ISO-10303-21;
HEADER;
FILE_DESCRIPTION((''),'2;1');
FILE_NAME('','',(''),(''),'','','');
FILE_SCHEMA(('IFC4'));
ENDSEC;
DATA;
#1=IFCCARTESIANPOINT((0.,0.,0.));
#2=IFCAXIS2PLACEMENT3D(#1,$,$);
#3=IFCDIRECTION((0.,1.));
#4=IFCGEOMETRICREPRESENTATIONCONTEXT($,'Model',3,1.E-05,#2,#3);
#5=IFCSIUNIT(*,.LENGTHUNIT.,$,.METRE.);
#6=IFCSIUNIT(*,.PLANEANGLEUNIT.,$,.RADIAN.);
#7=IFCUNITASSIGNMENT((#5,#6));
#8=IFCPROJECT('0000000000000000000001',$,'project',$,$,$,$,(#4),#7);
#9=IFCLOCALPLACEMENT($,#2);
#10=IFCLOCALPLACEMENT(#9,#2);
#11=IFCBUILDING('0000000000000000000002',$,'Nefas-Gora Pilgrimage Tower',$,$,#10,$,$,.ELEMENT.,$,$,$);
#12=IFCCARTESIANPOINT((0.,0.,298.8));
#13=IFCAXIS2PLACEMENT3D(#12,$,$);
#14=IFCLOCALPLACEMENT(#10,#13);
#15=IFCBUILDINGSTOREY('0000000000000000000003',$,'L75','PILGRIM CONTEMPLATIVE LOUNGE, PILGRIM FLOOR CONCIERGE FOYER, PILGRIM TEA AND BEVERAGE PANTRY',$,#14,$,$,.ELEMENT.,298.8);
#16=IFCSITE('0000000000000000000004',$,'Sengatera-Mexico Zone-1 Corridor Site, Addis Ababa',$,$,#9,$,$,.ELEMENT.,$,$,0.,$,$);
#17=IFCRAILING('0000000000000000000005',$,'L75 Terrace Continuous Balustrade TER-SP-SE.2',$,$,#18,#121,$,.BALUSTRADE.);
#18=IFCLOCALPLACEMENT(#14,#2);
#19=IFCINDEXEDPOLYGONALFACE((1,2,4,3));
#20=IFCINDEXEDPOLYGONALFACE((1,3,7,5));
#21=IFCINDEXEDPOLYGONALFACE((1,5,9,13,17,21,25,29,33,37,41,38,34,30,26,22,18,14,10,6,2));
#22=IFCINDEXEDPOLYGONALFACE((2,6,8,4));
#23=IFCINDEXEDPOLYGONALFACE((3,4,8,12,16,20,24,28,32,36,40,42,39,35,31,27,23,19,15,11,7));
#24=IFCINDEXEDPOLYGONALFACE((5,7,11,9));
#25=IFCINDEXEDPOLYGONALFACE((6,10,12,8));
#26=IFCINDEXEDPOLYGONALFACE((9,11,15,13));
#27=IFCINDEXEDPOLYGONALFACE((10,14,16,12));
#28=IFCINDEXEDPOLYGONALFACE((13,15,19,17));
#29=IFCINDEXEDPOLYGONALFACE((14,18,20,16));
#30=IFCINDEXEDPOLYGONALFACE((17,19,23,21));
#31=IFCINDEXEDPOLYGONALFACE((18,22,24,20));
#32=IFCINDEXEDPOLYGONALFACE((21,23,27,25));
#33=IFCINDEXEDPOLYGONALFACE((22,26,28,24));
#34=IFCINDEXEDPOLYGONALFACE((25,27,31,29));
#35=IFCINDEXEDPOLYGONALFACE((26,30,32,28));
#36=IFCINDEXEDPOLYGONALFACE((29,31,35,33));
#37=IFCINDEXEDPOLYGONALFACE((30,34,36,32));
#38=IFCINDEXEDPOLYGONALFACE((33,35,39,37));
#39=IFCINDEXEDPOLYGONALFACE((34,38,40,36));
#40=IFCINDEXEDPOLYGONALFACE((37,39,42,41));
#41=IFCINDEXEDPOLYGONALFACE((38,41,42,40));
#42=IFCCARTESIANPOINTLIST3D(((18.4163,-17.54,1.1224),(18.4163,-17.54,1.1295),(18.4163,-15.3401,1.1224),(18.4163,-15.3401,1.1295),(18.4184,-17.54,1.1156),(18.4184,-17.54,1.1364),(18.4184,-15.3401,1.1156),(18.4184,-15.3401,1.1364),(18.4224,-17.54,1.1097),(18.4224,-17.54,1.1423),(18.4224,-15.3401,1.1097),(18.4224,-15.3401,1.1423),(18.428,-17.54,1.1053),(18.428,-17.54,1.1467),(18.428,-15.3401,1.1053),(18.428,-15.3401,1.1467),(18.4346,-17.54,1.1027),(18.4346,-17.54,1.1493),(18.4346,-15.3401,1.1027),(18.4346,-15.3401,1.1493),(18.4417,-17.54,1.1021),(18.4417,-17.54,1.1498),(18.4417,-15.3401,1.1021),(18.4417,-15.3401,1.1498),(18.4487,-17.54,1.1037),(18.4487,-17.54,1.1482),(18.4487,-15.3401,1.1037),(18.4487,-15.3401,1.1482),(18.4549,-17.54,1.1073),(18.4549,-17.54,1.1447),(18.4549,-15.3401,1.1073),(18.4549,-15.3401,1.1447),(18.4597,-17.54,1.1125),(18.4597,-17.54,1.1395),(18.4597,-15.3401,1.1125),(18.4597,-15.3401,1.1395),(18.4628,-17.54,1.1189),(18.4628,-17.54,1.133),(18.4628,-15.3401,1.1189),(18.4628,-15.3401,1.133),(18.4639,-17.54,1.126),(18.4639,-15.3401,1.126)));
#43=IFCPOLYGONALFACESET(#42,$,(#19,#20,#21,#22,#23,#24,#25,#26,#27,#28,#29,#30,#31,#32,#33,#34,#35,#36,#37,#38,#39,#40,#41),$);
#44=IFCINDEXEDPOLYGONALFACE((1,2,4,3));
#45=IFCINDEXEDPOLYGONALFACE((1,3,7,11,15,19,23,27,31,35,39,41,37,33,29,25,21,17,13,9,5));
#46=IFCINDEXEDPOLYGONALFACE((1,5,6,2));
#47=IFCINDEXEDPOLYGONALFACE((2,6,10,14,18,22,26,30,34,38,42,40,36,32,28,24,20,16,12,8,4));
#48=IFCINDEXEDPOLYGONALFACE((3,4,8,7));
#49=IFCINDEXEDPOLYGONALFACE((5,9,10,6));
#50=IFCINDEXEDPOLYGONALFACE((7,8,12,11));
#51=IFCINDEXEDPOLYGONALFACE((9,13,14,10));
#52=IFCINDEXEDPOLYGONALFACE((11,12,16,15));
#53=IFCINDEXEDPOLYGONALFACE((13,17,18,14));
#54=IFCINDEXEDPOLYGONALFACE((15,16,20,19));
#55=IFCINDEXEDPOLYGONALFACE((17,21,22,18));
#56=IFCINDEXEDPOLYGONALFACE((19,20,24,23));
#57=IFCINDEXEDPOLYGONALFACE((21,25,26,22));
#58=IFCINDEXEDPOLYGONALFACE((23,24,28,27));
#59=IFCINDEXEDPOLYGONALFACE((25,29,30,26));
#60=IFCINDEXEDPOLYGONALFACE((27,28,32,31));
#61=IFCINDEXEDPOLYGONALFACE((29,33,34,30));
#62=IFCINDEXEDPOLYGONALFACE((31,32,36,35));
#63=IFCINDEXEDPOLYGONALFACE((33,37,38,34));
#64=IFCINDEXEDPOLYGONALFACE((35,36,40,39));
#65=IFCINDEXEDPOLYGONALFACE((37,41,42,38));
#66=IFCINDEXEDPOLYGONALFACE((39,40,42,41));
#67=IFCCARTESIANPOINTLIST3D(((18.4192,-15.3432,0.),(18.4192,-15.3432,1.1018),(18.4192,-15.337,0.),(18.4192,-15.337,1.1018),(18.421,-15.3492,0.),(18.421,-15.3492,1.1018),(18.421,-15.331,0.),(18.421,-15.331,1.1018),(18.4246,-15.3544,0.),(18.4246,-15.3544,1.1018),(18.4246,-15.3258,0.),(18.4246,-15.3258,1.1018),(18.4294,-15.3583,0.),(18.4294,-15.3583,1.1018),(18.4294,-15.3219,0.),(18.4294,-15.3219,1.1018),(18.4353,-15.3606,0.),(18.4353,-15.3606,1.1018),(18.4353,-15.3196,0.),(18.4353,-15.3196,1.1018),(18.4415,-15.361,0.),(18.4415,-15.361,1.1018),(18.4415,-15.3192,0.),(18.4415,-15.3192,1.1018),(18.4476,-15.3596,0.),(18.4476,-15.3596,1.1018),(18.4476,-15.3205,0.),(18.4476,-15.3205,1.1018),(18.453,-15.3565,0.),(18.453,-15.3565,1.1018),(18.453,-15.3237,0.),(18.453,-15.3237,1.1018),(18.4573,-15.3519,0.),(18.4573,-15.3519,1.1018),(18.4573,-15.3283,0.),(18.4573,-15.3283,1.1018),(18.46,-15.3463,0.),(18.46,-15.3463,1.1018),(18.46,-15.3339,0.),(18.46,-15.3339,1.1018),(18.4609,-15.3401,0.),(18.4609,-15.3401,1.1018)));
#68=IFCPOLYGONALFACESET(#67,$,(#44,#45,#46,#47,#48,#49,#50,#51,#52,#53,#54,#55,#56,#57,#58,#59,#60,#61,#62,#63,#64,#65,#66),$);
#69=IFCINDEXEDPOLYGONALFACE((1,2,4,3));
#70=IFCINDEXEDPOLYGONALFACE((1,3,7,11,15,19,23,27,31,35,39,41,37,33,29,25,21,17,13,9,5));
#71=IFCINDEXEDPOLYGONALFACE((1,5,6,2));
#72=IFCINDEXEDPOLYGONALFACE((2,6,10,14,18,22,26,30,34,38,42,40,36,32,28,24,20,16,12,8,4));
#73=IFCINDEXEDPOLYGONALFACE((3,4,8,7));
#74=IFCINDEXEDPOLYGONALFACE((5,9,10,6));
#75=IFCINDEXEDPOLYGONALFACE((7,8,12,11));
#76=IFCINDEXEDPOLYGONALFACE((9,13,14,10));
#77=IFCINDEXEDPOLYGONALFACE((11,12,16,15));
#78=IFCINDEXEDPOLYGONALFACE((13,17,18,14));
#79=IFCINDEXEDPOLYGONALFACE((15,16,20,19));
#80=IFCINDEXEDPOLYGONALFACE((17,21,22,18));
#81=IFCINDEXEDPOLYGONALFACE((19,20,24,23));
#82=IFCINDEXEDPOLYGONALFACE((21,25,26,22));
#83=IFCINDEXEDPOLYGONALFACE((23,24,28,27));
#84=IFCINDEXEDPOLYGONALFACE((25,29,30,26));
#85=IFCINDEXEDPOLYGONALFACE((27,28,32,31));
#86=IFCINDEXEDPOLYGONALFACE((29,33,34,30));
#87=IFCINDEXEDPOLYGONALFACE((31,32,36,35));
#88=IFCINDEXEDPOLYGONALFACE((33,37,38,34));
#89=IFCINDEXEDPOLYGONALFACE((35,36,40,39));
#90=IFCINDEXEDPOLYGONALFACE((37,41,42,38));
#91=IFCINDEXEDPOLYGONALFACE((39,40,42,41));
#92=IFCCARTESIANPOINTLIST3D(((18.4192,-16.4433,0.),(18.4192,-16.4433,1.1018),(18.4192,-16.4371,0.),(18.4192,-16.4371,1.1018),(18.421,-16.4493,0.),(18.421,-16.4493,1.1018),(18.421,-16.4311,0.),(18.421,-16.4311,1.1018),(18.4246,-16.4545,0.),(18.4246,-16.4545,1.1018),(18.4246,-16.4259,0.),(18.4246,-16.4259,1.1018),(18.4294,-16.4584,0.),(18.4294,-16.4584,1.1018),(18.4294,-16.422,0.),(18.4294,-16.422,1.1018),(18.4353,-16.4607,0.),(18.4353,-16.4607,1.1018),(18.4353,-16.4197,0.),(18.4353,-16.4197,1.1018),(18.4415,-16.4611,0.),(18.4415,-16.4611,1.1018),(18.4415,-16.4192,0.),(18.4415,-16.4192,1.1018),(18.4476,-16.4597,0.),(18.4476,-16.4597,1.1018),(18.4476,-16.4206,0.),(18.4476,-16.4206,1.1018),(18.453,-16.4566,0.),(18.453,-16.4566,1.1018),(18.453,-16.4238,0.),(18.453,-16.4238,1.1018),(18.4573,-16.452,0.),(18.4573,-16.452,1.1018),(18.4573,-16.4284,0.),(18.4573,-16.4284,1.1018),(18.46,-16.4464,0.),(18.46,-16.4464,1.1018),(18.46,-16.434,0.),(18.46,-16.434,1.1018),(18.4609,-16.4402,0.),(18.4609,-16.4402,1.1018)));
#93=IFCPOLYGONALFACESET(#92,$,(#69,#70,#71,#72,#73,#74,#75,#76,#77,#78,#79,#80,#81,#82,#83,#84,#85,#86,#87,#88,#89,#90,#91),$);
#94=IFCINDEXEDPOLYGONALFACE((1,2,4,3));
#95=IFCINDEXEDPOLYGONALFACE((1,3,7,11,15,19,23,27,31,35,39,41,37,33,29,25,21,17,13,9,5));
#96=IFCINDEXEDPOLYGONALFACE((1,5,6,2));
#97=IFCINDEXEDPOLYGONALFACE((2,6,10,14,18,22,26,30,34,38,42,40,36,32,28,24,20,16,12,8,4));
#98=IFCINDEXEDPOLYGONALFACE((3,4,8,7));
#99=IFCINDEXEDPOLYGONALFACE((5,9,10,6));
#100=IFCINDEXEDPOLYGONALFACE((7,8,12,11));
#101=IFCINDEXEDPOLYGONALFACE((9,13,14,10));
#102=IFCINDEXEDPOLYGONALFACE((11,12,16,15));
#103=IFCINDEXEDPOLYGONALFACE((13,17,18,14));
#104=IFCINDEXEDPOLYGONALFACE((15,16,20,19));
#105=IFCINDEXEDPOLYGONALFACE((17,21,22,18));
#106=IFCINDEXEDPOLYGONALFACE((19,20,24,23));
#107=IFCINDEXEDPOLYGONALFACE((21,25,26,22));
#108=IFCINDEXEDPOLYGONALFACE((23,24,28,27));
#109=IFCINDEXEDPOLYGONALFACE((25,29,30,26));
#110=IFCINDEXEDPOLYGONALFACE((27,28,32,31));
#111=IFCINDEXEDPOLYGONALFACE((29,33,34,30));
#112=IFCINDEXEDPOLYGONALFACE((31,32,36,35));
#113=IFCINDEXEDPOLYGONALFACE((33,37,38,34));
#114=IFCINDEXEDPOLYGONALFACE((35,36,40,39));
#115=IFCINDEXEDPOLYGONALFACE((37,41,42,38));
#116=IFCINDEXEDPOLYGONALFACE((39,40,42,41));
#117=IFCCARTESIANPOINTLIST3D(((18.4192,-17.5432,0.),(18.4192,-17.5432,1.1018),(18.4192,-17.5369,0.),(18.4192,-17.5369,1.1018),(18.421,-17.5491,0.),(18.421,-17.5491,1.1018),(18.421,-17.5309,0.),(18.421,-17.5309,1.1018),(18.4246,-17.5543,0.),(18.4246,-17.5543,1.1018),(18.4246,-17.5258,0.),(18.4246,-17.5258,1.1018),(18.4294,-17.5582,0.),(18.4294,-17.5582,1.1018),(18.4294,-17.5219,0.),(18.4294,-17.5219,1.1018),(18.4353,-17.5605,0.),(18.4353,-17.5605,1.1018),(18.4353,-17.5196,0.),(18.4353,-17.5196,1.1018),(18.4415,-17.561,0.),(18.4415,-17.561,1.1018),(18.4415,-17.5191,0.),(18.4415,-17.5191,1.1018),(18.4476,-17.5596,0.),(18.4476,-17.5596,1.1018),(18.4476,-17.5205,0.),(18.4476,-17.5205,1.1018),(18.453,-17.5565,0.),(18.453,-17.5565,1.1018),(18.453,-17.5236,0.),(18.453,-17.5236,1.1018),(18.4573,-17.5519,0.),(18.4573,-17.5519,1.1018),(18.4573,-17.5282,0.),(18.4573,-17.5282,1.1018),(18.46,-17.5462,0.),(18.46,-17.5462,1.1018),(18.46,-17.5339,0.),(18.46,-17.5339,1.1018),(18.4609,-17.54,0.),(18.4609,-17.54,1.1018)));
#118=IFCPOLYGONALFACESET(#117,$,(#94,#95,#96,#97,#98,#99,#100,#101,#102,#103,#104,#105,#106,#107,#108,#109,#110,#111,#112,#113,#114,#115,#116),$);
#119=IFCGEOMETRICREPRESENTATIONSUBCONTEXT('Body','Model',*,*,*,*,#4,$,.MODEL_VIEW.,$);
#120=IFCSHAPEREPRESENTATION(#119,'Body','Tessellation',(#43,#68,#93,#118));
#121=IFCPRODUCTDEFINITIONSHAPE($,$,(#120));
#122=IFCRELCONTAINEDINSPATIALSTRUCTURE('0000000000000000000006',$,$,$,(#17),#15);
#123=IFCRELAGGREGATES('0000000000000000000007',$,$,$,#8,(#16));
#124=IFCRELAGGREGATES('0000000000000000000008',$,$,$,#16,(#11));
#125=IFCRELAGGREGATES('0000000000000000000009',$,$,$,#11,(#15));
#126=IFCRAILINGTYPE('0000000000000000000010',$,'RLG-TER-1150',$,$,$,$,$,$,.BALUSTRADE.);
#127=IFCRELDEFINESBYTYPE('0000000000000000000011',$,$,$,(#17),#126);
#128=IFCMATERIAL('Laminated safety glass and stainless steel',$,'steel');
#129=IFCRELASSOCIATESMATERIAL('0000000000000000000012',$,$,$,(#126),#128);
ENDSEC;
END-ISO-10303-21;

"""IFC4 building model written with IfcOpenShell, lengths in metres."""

from ifc_helpers import new_model, si_unit, direction, frame, origin, origin_2d, place, context, subcontext, project, spatial, circle, extrude, material, type_object, element, save


model = new_model("IFC4")

# Units and contexts
model_context = context("Model", 3, precision=1e-05, world=origin(), true_north=direction((0.0, 1.0)))
body_context = subcontext(model_context, "Body", "Model", "MODEL_VIEW")
ifc_project = project(units=[si_unit("LENGTHUNIT", "METRE"), si_unit("PLANEANGLEUNIT", "RADIAN")], contexts=[model_context])

# Site, building, storey
site_placement = place(None, origin())
site = spatial("IfcSite", under=ifc_project, at=site_placement, Name="Sengatera-Mexico Zone-1 Corridor Site, Addis Ababa", CompositionType="ELEMENT", RefElevation=0.0)
building_placement = place(site_placement, origin())
building = spatial("IfcBuilding", under=site, at=building_placement, Name="Nefas-Gora Pilgrimage Tower", CompositionType="ELEMENT")
storey_placement = place(building_placement, frame((0.0, 0.0, 298.8)))
storey = spatial("IfcBuildingStorey", under=building, at=storey_placement, Name="L75", Description="PILGRIM CONTEMPLATIVE LOUNGE, PILGRIM FLOOR CONCIERGE FOYER, PILGRIM TEA AND BEVERAGE PANTRY", CompositionType="ELEMENT", Elevation=298.8)

# Railing
ifc_material_1 = material(Name="Laminated safety glass and stainless steel", Category="steel")
railing_type = type_object("IfcRailingType", Name="RLG-TER-1150", PredefinedType="BALUSTRADE", material=ifc_material_1)
railing_1_placement = place(storey_placement, frame((18.4399, -15.3401, 0.0)))
element("IfcRailing", 1, at=railing_1_placement, inside=storey, type_object=railing_type, Name="L75 Terrace Continuous Balustrade TER-SP-SE.2", PredefinedType="BALUSTRADE", context=body_context, shape_type="SweptSolid", body=[
    extrude(circle(Radius=0.0239, at=origin_2d()), frame((0.0, 0.0, 1.126), z_axis=(0.0, -1.0, 0.0), x_axis=(1.0, 0.0, 0.0)), (0.0, 0.0, 1.0), 2.2),
    extrude(circle(Radius=0.021, at=origin_2d()), origin(), (0.0, 0.0, 1.0), 1.1018),
    extrude(circle(Radius=0.021, at=origin_2d()), frame((0.0, -1.1001, 0.0)), (0.0, 0.0, 1.0), 1.1018),
    extrude(circle(Radius=0.021, at=origin_2d()), frame((0.0, -2.2, 0.0)), (0.0, 0.0, 1.0), 1.1018),
])

save(model, "model.ifc")
